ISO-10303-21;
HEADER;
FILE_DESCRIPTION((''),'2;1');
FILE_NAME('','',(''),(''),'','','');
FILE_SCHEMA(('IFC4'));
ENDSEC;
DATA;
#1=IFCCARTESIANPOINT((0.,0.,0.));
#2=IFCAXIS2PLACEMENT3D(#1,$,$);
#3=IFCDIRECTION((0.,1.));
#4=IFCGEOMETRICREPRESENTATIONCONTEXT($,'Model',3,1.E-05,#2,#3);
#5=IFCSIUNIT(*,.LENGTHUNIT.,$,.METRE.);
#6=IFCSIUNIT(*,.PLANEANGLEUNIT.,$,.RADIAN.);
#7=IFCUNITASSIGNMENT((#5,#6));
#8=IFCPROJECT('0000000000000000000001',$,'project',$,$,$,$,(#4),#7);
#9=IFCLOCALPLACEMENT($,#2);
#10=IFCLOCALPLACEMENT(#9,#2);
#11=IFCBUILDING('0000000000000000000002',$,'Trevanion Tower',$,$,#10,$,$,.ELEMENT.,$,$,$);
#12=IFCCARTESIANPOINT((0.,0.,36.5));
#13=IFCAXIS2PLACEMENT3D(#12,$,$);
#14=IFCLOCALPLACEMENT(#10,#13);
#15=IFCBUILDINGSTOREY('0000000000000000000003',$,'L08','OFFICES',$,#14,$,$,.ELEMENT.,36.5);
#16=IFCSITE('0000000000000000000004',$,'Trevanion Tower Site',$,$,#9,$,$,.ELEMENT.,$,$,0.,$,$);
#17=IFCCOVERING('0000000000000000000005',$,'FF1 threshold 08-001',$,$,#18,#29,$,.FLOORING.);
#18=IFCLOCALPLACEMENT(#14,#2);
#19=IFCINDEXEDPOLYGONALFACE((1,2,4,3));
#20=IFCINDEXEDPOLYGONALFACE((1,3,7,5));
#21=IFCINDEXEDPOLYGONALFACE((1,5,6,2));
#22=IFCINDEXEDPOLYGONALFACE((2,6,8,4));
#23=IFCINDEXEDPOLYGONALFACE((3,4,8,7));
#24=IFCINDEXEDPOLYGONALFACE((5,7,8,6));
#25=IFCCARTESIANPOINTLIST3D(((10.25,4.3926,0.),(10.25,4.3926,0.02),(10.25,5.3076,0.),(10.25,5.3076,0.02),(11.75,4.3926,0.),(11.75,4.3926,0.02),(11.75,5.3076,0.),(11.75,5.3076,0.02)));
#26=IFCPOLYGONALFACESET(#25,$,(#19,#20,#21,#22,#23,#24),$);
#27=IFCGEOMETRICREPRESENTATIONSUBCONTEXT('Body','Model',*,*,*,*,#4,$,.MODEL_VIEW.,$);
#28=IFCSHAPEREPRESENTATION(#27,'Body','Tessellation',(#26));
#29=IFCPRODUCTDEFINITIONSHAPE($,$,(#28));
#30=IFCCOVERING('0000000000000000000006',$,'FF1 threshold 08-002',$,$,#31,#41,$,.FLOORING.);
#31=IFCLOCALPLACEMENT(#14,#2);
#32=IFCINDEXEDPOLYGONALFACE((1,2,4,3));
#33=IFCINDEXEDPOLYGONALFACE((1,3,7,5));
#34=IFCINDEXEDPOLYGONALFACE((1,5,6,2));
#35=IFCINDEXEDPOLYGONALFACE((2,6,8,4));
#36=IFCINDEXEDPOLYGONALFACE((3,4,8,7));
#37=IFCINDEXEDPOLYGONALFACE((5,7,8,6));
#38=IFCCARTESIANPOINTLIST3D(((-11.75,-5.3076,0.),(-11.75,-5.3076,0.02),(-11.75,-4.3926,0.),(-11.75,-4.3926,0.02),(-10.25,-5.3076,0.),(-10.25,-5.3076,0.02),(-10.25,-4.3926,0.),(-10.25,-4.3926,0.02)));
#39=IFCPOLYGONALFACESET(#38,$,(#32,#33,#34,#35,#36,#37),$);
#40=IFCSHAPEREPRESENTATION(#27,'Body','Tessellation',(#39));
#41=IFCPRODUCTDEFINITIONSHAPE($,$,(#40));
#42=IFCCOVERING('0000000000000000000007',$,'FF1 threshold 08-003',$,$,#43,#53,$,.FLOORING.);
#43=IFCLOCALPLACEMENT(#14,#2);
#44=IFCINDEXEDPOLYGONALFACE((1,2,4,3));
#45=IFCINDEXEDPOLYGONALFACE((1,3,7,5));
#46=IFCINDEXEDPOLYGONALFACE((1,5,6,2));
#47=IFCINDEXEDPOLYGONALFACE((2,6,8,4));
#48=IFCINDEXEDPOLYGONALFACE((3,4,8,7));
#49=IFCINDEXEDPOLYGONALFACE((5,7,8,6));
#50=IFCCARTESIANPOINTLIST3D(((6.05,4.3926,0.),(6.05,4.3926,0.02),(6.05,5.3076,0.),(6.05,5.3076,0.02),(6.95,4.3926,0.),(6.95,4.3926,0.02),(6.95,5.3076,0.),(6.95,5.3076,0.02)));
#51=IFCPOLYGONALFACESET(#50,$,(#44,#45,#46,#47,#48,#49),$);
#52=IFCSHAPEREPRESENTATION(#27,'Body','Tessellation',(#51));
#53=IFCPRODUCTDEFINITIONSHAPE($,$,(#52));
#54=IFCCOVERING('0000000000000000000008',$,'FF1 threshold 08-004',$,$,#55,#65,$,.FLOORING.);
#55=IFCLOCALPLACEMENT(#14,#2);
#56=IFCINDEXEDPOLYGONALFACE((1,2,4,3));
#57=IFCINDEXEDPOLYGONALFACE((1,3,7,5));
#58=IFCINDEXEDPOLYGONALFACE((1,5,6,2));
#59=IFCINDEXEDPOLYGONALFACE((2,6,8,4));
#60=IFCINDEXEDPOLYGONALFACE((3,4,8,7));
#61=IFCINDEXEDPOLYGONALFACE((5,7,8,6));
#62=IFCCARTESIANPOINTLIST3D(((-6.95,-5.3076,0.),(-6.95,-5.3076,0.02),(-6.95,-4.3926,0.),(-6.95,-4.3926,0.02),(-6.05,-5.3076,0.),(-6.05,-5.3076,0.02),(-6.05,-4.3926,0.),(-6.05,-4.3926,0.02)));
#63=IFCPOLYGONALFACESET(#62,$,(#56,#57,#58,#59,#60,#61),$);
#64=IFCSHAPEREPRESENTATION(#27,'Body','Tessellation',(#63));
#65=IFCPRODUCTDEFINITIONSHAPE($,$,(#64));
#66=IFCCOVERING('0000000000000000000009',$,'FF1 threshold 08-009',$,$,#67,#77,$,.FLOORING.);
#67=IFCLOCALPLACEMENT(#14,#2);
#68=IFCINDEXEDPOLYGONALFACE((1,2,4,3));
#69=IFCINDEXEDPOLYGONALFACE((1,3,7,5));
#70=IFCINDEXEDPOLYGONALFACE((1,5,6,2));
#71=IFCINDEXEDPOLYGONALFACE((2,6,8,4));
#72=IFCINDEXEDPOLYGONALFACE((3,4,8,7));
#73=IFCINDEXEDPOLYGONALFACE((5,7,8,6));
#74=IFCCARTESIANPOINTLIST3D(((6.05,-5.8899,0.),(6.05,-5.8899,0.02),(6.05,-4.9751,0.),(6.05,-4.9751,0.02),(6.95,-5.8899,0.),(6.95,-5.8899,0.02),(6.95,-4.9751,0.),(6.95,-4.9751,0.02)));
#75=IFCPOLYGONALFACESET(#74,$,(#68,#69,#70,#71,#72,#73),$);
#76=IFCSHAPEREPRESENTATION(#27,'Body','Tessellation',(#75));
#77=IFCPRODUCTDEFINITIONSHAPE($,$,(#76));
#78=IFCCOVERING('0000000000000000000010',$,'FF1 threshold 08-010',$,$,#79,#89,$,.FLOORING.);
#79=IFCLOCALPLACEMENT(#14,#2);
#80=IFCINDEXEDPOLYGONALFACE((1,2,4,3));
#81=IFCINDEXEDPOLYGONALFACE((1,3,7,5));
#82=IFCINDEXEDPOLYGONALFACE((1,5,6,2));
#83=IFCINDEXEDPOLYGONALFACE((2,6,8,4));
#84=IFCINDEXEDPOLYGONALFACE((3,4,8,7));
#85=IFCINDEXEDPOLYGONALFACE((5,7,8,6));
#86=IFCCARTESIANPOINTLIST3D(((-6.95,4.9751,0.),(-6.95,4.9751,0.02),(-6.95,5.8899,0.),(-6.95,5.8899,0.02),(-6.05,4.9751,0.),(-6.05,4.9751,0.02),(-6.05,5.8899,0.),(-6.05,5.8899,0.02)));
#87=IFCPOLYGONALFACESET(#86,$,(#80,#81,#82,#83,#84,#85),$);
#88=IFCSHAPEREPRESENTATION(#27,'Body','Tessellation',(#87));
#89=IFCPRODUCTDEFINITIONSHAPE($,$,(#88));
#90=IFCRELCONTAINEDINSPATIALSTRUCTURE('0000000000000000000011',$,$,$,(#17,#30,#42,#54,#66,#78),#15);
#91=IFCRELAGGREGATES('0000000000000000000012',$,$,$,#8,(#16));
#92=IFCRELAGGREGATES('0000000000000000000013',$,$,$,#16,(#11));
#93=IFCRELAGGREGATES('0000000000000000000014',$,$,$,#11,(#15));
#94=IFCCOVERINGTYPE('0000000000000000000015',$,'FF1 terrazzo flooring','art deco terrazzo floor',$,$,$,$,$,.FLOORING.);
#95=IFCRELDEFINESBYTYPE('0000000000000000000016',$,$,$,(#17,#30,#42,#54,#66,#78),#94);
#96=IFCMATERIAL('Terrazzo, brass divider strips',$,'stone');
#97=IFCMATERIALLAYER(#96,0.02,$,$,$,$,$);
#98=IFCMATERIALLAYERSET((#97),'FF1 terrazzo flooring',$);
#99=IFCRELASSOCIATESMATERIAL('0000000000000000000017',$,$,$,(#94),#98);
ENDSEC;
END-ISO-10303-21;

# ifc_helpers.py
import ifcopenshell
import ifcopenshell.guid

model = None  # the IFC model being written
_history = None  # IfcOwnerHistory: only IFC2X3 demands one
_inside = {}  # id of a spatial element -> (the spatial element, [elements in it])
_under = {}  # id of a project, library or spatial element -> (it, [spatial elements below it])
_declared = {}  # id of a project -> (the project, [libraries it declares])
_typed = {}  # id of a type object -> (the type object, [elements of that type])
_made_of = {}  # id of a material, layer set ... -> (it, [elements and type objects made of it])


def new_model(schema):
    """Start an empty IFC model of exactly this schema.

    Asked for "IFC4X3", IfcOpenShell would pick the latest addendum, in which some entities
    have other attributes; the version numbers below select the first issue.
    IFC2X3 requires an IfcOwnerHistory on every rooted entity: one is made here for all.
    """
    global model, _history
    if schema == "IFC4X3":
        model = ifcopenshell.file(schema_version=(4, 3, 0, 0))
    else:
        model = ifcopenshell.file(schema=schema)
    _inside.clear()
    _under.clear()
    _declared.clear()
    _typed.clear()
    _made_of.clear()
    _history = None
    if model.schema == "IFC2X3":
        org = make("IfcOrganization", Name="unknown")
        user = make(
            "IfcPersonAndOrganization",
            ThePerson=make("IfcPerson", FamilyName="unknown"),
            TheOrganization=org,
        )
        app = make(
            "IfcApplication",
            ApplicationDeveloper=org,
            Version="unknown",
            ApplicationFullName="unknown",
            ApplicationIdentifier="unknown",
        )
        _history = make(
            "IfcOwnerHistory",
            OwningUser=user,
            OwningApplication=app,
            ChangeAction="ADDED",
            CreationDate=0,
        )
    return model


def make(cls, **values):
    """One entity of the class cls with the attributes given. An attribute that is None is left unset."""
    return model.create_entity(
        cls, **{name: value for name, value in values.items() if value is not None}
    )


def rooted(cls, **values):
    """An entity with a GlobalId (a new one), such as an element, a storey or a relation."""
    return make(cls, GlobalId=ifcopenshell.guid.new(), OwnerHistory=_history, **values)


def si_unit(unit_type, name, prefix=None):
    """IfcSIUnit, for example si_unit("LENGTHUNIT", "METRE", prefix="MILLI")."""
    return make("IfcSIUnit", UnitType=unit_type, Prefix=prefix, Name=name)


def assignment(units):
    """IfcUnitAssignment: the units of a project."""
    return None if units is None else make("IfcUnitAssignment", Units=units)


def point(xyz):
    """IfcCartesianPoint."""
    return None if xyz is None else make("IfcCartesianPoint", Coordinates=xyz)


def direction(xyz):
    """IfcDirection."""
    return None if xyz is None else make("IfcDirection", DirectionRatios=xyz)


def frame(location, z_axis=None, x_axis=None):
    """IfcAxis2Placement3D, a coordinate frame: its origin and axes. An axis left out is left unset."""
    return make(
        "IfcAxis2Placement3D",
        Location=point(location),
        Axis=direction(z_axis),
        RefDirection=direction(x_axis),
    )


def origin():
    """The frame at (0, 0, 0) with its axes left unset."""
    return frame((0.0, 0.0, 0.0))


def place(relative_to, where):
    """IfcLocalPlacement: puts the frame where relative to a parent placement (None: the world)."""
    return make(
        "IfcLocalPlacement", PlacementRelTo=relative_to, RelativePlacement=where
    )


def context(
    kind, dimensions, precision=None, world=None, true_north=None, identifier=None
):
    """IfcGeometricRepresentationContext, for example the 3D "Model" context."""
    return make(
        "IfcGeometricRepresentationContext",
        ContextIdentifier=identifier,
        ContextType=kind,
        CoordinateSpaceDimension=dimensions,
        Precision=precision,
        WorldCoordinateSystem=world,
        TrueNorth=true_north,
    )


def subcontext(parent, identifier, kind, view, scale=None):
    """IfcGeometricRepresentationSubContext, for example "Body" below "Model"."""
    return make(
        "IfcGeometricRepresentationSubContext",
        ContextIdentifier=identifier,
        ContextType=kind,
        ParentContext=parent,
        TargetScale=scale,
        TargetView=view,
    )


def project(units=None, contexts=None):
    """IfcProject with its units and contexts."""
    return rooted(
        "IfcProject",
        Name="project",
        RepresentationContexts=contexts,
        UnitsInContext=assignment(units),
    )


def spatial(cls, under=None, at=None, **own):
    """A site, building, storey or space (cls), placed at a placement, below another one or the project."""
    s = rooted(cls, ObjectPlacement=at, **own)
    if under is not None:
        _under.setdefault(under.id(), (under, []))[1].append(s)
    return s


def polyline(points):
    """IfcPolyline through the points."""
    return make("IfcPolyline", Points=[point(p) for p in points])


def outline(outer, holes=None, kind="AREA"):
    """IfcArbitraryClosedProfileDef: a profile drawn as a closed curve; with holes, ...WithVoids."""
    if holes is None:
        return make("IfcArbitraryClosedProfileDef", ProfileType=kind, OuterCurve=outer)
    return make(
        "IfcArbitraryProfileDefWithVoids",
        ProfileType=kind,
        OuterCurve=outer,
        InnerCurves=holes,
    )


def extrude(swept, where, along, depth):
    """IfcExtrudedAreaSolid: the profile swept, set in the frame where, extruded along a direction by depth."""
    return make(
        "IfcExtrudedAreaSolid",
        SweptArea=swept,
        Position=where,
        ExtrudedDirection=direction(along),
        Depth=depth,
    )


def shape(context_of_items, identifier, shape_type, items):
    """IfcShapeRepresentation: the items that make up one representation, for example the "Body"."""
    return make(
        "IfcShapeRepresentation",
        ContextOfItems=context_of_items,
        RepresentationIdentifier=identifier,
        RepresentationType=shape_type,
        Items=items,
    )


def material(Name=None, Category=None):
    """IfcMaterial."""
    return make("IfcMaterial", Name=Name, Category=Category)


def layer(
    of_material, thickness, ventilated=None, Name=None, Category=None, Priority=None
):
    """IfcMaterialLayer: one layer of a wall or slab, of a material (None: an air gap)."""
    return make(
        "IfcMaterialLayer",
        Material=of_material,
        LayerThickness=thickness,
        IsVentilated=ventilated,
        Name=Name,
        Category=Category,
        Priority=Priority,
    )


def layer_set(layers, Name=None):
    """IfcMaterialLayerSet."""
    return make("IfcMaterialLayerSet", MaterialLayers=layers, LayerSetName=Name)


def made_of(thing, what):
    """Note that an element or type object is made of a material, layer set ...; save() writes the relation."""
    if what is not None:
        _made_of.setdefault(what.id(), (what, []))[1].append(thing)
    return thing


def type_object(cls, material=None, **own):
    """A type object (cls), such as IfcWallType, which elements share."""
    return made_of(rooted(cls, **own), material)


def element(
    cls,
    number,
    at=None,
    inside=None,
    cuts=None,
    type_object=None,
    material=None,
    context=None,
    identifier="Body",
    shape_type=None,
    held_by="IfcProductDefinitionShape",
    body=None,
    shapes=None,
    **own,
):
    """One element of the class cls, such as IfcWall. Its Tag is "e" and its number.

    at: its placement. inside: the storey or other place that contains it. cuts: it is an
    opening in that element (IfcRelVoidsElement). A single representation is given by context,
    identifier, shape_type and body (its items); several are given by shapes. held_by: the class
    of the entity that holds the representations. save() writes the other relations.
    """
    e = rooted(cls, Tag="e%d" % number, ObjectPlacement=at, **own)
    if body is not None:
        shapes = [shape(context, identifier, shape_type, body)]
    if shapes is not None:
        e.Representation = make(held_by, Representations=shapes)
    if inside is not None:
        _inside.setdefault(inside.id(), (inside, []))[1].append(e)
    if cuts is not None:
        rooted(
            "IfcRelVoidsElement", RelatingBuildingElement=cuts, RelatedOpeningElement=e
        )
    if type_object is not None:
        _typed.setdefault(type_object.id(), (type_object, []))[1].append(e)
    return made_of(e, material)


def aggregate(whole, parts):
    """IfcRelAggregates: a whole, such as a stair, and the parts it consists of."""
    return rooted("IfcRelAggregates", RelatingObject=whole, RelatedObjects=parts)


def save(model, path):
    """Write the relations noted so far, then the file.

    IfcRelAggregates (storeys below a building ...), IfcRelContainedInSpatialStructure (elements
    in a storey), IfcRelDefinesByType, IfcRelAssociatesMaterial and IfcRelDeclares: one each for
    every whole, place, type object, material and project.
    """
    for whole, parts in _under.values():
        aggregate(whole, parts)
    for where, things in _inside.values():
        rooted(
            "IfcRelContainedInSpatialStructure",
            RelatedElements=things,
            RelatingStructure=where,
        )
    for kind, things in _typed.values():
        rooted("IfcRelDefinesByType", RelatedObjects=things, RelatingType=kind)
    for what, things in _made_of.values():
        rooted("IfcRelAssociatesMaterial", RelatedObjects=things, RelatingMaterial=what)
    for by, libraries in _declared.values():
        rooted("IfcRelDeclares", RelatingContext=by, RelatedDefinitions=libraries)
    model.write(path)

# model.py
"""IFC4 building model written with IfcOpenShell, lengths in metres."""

from ifc_helpers import new_model, si_unit, direction, frame, origin, place, context, subcontext, project, spatial, polyline, outline, extrude, material, layer, layer_set, type_object, element, save


model = new_model("IFC4")

# Units and contexts
model_context = context("Model", 3, precision=1e-05, world=origin(), true_north=direction((0.0, 1.0)))
body_context = subcontext(model_context, "Body", "Model", "MODEL_VIEW")
ifc_project = project(units=[si_unit("LENGTHUNIT", "METRE"), si_unit("PLANEANGLEUNIT", "RADIAN")], contexts=[model_context])

# Site, building, storey
site_placement = place(None, origin())
site = spatial("IfcSite", under=ifc_project, at=site_placement, Name="Trevanion Tower Site", CompositionType="ELEMENT", RefElevation=0.0)
building_placement = place(site_placement, origin())
building = spatial("IfcBuilding", under=site, at=building_placement, Name="Trevanion Tower", CompositionType="ELEMENT")
storey_placement = place(building_placement, frame((0.0, 0.0, 36.5)))
storey = spatial("IfcBuildingStorey", under=building, at=storey_placement, Name="L08", Description="OFFICES", CompositionType="ELEMENT", Elevation=36.5)

# Coverings
ifc_material_1 = material(Name="Terrazzo, brass divider strips", Category="stone")
ifc_layer_1 = layer(ifc_material_1, 0.02)
ifc_layer_set_1 = layer_set([ifc_layer_1], Name="FF1 terrazzo flooring")
covering_type = type_object("IfcCoveringType", Name="FF1 terrazzo flooring", Description="art deco terrazzo floor", PredefinedType="FLOORING", material=ifc_layer_set_1)
covering_1_placement = place(storey_placement, origin())
element("IfcCovering", 1, at=covering_1_placement, inside=storey, type_object=covering_type, Name="FF1 threshold 08-001", PredefinedType="FLOORING", context=body_context, shape_type="SweptSolid", body=[
    extrude(outline(polyline([(11.75, 4.3926), (11.75, 5.3076), (10.25, 5.3076), (10.25, 4.3926), (11.75, 4.3926)])), origin(), (0.0, 0.0, 1.0), 0.02),
])
covering_2_placement = place(storey_placement, origin())
element("IfcCovering", 2, at=covering_2_placement, inside=storey, type_object=covering_type, Name="FF1 threshold 08-002", PredefinedType="FLOORING", context=body_context, shape_type="SweptSolid", body=[
    extrude(outline(polyline([(-11.75, -4.3926), (-11.75, -5.3076), (-10.25, -5.3076), (-10.25, -4.3926), (-11.75, -4.3926)])), origin(), (0.0, 0.0, 1.0), 0.02),
])
covering_3_placement = place(storey_placement, origin())
element("IfcCovering", 3, at=covering_3_placement, inside=storey, type_object=covering_type, Name="FF1 threshold 08-003", PredefinedType="FLOORING", context=body_context, shape_type="SweptSolid", body=[
    extrude(outline(polyline([(6.95, 4.3926), (6.95, 5.3076), (6.05, 5.3076), (6.05, 4.3926), (6.95, 4.3926)])), origin(), (0.0, 0.0, 1.0), 0.02),
])
covering_4_placement = place(storey_placement, origin())
element("IfcCovering", 4, at=covering_4_placement, inside=storey, type_object=covering_type, Name="FF1 threshold 08-004", PredefinedType="FLOORING", context=body_context, shape_type="SweptSolid", body=[
    extrude(outline(polyline([(-6.95, -4.3926), (-6.95, -5.3076), (-6.05, -5.3076), (-6.05, -4.3926), (-6.95, -4.3926)])), origin(), (0.0, 0.0, 1.0), 0.02),
])
covering_5_placement = place(storey_placement, origin())
element("IfcCovering", 5, at=covering_5_placement, inside=storey, type_object=covering_type, Name="FF1 threshold 08-009", PredefinedType="FLOORING", context=body_context, shape_type="SweptSolid", body=[
    extrude(outline(polyline([(6.95, -5.8899), (6.95, -4.9751), (6.05, -4.9751), (6.05, -5.8899), (6.95, -5.8899)])), origin(), (0.0, 0.0, 1.0), 0.02),
])
covering_6_placement = place(storey_placement, origin())
element("IfcCovering", 6, at=covering_6_placement, inside=storey, type_object=covering_type, Name="FF1 threshold 08-010", PredefinedType="FLOORING", context=body_context, shape_type="SweptSolid", body=[
    extrude(outline(polyline([(-6.95, 5.8899), (-6.95, 4.9751), (-6.05, 4.9751), (-6.05, 5.8899), (-6.95, 5.8899)])), origin(), (0.0, 0.0, 1.0), 0.02),
])

save(model, "model.ifc")
